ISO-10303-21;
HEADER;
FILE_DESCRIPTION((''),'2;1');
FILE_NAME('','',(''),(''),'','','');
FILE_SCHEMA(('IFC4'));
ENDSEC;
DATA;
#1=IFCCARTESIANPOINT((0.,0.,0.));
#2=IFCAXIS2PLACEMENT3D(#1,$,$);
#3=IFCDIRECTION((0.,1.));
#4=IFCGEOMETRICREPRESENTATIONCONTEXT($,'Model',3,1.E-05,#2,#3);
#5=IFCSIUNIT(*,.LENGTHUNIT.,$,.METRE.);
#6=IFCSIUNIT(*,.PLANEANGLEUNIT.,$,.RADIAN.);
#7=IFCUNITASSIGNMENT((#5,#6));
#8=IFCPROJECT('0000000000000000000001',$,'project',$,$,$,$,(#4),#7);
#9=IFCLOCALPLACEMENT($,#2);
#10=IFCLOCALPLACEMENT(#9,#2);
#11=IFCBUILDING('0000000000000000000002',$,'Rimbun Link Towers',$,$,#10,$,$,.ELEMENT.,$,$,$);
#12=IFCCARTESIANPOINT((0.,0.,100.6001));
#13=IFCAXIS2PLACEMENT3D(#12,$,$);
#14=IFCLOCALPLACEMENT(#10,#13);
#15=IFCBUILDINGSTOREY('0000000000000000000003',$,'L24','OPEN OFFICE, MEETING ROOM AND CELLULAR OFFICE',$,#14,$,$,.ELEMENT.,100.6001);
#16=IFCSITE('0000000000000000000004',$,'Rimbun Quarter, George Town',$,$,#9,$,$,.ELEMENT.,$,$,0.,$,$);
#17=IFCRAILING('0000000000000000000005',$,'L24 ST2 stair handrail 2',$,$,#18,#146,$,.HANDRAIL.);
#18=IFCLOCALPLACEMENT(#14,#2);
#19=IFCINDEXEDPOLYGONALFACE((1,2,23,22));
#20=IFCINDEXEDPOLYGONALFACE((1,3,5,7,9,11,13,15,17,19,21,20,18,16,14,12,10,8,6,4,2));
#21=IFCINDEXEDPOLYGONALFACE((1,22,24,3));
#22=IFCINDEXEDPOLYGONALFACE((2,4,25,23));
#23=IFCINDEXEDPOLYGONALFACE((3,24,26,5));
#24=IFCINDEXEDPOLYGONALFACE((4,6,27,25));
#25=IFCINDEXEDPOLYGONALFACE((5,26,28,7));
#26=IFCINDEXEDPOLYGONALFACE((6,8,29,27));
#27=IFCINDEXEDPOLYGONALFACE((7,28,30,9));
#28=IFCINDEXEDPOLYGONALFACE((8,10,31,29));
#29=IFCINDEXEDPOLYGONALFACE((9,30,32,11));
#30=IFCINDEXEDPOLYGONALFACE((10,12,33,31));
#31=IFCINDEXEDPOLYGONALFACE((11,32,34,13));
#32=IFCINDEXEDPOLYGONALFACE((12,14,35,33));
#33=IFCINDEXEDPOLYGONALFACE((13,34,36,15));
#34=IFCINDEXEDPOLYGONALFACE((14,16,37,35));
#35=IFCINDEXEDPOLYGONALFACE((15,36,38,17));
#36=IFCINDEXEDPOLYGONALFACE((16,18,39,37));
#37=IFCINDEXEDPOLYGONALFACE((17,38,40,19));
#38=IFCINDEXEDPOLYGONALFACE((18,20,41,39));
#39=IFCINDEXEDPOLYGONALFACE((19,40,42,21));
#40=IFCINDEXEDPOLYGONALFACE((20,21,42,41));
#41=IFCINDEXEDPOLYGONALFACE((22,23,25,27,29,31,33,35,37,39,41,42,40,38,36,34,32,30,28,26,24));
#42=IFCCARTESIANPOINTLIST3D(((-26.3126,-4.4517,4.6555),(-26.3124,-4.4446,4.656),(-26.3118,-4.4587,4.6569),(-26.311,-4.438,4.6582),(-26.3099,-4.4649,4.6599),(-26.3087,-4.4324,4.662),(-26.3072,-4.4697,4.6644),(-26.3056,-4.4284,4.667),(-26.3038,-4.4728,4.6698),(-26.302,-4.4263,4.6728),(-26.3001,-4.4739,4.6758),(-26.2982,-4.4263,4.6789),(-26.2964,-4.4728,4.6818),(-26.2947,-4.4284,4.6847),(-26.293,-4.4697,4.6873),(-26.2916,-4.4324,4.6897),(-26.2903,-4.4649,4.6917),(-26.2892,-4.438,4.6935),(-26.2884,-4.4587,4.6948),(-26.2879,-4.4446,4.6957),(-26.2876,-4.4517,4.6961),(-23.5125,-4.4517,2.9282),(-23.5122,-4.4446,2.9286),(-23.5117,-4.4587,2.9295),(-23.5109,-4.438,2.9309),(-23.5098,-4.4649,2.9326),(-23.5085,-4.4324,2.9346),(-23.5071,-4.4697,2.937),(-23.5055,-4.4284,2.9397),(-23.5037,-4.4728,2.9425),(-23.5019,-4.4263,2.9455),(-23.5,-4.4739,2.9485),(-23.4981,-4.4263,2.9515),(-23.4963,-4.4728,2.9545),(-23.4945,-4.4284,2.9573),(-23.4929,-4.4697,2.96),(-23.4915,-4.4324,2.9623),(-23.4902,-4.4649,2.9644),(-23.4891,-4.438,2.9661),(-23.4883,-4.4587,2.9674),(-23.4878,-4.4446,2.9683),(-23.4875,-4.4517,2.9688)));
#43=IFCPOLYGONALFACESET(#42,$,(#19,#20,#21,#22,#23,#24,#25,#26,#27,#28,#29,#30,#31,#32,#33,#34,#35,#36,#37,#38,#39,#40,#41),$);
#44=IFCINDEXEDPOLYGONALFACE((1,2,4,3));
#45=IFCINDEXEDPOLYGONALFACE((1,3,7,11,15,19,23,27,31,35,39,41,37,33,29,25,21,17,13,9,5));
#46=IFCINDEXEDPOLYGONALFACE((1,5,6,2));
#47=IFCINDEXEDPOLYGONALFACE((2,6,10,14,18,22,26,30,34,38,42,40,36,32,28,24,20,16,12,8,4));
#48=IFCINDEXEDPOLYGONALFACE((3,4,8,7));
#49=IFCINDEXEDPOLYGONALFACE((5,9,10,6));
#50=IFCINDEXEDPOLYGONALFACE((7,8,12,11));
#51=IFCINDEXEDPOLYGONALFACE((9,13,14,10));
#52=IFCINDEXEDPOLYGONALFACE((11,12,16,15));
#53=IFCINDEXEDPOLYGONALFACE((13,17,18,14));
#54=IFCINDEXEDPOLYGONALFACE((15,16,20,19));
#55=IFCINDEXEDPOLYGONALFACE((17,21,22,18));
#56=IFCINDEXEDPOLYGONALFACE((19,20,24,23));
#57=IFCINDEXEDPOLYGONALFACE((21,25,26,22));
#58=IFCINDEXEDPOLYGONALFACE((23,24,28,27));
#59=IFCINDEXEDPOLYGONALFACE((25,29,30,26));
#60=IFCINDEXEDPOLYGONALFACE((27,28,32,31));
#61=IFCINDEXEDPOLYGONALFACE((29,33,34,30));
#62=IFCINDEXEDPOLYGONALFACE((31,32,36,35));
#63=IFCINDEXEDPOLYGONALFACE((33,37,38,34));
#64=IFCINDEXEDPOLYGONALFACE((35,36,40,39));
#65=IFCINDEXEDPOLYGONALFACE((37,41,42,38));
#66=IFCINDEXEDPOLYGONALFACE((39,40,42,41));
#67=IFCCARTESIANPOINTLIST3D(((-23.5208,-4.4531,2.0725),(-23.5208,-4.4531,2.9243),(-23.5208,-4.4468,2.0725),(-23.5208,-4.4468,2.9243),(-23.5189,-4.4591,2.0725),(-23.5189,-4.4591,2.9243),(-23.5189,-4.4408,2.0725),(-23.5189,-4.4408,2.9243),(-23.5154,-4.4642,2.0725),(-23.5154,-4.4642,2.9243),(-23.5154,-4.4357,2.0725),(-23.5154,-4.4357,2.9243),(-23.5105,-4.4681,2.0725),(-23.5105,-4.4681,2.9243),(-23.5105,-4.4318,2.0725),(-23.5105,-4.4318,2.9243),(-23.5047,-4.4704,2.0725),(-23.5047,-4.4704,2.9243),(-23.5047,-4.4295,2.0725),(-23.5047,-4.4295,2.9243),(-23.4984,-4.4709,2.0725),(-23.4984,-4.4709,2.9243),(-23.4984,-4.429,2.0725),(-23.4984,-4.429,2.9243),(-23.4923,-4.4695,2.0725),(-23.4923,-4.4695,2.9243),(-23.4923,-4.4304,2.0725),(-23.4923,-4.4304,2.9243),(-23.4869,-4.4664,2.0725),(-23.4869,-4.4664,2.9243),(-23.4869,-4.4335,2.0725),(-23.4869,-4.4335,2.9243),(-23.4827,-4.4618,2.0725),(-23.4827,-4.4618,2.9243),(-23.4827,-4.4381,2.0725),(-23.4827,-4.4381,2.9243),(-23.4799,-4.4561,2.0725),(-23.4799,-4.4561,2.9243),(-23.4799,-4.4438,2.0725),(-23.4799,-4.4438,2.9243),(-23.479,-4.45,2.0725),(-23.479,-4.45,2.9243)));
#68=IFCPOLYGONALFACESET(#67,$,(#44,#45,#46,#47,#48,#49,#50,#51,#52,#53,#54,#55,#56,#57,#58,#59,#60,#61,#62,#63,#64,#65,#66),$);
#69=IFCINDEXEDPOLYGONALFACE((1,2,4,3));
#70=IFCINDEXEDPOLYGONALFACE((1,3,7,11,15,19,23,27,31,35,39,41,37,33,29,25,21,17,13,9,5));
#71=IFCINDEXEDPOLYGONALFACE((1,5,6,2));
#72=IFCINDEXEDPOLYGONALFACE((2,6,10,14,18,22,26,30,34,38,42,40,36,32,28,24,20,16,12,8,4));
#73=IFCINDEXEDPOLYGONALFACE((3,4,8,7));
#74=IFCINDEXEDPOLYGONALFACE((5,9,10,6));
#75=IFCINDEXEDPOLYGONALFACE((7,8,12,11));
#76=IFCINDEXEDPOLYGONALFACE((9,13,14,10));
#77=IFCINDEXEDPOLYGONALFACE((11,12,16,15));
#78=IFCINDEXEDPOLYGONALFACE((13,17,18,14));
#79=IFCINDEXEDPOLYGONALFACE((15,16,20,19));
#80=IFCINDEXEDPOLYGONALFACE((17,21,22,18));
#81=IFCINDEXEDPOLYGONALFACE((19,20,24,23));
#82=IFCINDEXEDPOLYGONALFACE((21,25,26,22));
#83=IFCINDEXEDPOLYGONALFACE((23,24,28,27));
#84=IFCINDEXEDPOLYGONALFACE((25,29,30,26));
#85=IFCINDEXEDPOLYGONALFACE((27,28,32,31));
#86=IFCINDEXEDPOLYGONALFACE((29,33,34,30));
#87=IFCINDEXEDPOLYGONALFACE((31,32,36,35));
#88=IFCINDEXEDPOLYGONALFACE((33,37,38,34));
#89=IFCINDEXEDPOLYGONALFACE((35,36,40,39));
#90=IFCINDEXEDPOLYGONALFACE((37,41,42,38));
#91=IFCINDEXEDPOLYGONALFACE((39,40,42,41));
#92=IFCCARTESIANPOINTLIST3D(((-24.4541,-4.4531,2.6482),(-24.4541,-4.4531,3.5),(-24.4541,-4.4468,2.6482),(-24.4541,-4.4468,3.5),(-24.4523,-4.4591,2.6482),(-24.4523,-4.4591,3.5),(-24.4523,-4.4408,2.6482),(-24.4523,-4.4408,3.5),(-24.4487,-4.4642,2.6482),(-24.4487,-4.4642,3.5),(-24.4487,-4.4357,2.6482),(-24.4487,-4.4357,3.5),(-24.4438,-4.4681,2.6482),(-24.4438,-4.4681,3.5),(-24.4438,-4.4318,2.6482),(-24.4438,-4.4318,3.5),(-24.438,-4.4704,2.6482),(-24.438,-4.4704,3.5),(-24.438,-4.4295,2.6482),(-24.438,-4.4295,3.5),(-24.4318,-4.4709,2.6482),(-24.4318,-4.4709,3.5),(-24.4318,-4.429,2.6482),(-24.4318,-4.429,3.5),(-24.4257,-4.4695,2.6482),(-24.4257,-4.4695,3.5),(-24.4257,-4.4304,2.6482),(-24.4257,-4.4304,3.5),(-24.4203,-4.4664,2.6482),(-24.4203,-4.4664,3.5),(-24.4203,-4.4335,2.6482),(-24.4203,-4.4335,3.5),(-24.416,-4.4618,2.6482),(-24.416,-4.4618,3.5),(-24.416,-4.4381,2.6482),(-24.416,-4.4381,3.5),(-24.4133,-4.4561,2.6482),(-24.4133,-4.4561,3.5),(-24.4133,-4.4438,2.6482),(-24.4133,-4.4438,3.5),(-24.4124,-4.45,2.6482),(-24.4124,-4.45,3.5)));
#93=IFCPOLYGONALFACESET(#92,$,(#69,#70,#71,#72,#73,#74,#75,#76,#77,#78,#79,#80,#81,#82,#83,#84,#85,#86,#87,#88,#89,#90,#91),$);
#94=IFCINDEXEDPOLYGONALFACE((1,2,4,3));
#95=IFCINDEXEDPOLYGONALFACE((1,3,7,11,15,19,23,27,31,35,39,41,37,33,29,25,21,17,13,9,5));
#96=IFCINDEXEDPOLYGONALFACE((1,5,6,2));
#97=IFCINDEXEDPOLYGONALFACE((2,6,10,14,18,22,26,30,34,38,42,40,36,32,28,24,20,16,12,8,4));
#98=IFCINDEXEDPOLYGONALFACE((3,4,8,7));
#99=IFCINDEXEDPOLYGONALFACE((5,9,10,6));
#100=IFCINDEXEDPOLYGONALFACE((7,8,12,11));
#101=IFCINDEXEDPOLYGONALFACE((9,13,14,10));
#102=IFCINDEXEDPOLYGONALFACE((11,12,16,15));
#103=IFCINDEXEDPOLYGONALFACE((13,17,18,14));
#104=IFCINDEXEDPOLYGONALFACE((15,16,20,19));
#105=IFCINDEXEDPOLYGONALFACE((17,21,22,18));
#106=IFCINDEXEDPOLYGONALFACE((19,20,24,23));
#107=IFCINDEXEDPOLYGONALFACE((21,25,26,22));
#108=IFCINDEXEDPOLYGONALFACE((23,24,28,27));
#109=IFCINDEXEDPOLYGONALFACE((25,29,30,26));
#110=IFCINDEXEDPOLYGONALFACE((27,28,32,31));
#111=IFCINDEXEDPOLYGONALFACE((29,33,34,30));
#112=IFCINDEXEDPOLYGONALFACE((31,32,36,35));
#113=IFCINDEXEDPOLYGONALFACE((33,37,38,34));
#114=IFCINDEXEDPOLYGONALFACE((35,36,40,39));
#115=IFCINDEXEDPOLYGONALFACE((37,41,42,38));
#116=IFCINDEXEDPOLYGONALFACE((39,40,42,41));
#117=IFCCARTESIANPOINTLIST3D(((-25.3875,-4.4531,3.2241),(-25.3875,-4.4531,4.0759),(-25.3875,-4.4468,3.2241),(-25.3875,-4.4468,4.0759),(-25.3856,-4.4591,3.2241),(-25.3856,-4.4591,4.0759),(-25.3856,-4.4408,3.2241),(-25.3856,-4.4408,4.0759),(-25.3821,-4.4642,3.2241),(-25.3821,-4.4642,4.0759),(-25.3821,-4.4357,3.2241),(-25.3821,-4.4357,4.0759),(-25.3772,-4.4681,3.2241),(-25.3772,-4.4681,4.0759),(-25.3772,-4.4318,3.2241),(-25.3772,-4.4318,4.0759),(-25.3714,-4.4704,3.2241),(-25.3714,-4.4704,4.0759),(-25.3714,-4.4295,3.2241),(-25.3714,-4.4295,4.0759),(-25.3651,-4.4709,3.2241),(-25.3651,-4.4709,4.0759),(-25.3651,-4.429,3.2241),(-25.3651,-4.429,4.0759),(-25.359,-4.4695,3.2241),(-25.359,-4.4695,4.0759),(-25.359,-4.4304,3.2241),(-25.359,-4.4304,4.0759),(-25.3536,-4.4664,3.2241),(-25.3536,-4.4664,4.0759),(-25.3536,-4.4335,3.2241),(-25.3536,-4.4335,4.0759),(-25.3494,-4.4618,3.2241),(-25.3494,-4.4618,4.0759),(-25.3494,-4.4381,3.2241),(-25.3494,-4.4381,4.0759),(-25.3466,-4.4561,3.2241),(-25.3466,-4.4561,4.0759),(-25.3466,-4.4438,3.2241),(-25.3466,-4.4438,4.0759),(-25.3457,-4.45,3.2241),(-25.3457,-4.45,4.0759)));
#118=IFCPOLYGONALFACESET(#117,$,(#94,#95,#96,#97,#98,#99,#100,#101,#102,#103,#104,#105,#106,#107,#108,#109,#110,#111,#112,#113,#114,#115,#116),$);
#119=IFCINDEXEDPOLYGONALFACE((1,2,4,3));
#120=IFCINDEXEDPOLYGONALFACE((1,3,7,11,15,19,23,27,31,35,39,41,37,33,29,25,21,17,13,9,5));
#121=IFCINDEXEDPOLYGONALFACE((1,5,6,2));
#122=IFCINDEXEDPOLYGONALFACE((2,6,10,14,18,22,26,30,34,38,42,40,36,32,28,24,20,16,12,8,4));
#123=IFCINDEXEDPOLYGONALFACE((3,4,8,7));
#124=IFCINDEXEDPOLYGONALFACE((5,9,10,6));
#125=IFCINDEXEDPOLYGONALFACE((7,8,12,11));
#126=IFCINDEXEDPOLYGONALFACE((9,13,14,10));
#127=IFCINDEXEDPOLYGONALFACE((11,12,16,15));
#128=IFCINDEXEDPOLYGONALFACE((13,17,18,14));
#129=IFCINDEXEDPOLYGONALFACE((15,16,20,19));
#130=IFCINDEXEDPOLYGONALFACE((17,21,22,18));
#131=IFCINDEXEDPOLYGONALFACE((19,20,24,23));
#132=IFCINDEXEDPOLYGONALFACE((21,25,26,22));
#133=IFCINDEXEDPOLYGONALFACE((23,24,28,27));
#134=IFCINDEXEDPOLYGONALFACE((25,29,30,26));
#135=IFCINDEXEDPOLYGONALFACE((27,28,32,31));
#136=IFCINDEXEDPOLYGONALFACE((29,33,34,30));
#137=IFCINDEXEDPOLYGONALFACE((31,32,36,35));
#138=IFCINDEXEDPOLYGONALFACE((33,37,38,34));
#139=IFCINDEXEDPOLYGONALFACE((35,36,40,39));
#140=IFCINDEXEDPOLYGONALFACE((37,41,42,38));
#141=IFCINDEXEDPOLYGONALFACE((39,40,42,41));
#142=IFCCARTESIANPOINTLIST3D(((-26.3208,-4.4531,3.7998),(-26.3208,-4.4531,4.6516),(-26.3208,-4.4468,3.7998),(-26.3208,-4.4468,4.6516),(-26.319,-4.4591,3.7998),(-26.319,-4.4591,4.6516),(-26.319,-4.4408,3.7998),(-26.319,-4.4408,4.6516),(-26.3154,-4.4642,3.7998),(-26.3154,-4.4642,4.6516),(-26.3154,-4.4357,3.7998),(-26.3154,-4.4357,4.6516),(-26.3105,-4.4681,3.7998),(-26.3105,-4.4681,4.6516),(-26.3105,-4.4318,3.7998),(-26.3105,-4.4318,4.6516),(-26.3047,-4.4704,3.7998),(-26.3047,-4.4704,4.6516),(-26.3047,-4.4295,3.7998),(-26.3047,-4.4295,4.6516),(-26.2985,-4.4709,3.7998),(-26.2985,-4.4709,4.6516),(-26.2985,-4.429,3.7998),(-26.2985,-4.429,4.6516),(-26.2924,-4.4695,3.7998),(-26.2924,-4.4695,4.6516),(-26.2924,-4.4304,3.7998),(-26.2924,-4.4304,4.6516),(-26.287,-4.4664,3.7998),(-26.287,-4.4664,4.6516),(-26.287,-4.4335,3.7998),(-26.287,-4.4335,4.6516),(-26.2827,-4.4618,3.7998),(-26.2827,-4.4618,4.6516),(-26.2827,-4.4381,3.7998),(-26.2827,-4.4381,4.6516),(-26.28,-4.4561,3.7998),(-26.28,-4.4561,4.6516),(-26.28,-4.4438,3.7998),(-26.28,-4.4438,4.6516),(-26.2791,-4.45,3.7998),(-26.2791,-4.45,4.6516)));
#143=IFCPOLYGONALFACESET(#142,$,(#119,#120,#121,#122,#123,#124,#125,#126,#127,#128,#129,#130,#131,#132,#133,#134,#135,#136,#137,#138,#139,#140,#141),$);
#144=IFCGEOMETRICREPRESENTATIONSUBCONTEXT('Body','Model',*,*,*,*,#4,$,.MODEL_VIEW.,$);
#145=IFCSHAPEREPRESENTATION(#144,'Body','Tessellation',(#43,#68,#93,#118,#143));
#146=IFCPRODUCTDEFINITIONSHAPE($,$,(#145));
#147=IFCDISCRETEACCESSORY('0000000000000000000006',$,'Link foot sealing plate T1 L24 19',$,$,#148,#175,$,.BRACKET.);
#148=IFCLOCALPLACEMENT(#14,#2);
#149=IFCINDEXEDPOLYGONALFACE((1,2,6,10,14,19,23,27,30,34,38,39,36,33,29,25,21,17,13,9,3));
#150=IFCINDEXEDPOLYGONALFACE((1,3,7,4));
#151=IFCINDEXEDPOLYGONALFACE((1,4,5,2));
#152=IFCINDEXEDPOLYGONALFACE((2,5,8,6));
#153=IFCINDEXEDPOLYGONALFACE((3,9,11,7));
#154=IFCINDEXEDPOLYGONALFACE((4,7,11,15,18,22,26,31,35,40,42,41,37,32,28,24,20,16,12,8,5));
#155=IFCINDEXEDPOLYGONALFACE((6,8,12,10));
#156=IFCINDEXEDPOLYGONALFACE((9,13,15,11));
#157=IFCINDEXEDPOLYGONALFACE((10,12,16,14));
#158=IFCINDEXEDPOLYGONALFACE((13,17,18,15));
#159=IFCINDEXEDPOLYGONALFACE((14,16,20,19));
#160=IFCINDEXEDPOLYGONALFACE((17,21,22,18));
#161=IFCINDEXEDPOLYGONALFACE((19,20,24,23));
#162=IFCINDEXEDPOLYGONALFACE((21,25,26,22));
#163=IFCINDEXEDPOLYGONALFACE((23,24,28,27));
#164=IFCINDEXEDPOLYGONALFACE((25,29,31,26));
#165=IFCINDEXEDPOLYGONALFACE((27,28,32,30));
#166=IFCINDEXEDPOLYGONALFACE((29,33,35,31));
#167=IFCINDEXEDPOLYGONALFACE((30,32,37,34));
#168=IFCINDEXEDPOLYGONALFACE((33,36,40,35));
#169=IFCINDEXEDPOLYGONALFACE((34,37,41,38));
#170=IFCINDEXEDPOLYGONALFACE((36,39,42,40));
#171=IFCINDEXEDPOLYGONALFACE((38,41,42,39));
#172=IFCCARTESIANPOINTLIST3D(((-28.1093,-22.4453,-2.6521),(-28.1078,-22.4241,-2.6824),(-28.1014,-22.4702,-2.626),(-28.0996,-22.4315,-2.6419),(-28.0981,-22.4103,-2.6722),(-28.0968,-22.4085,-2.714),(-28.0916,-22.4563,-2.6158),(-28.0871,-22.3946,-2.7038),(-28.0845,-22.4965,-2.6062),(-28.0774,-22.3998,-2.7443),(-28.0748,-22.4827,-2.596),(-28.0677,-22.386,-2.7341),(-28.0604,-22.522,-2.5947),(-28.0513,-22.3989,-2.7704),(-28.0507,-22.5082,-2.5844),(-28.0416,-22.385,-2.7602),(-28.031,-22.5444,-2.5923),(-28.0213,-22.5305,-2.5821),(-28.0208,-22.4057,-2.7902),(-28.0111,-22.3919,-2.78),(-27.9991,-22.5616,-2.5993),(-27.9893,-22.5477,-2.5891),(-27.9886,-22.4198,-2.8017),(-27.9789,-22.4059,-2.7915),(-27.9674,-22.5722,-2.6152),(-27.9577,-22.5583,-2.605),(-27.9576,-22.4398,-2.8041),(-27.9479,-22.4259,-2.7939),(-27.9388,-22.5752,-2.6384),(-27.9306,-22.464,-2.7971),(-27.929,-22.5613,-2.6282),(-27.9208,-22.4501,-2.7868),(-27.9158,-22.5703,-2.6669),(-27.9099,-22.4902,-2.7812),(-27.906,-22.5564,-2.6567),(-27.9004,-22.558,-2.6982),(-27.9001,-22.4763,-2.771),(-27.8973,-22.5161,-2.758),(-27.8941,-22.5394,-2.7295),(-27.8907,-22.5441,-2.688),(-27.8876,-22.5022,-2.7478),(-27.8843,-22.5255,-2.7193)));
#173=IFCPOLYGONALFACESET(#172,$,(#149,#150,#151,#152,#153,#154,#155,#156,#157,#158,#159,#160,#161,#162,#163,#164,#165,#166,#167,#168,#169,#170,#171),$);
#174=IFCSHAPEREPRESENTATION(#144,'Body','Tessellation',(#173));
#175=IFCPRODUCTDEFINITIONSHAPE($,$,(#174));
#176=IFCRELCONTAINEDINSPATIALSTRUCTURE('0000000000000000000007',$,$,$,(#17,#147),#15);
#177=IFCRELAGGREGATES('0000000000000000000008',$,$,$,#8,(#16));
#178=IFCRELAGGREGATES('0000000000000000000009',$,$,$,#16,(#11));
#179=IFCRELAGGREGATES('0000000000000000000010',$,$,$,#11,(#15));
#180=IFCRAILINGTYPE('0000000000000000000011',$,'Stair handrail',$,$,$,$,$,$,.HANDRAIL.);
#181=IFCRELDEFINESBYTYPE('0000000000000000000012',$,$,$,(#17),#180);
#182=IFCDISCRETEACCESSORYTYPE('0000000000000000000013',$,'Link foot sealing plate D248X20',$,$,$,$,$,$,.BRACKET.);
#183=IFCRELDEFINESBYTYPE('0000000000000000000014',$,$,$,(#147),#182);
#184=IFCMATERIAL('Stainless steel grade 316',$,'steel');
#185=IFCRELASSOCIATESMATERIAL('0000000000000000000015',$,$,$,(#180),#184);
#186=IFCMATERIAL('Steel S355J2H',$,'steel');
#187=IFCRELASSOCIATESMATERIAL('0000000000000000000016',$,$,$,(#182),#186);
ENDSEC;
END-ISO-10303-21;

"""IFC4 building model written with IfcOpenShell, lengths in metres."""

from ifc_helpers import new_model, si_unit, direction, frame, origin, origin_2d, place, context, subcontext, project, spatial, circle, extrude, material, material_profile, profile_set, type_object, element, save


model = new_model("IFC4")

# Units and contexts
model_context = context("Model", 3, precision=1e-05, world=origin(), true_north=direction((0.0, 1.0)))
body_context = subcontext(model_context, "Body", "Model", "MODEL_VIEW")
ifc_project = project(units=[si_unit("LENGTHUNIT", "METRE"), si_unit("PLANEANGLEUNIT", "RADIAN")], contexts=[model_context])

# Site, building, storey
site_placement = place(None, origin())
site = spatial("IfcSite", under=ifc_project, at=site_placement, Name="Rimbun Quarter, George Town", CompositionType="ELEMENT", RefElevation=0.0)
building_placement = place(site_placement, origin())
building = spatial("IfcBuilding", under=site, at=building_placement, Name="Rimbun Link Towers", CompositionType="ELEMENT")
storey_placement = place(building_placement, frame((0.0, 0.0, 100.6001)))
storey = spatial("IfcBuildingStorey", under=building, at=storey_placement, Name="L24", Description="OPEN OFFICE, MEETING ROOM AND CELLULAR OFFICE", CompositionType="ELEMENT", Elevation=100.6001)

# Railing
ifc_material_1 = material(Name="Stainless steel grade 316", Category="steel")
railing_type_1 = type_object("IfcRailingType", Name="Stair handrail", PredefinedType="HANDRAIL", material=ifc_material_1)
railing_1_placement = place(storey_placement, frame((-23.5, -4.45, 2.0725)))
element("IfcRailing", 1, at=railing_1_placement, inside=storey, type_object=railing_type_1, Name="L24 ST2 stair handrail 2", PredefinedType="HANDRAIL", context=body_context, shape_type="SweptSolid", body=[
    extrude(circle(Radius=0.0239, at=origin_2d()), frame((0.0, 0.0, 0.876), z_axis=(-0.85109, 0.0, 0.52502), x_axis=(0.0, -1.0, 0.0)), (0.0, 0.0, 1.0), 3.29),
    extrude(circle(Radius=0.021, at=origin_2d()), origin(), (0.0, 0.0, 1.0), 0.8518),
    extrude(circle(Radius=0.021, at=origin_2d()), frame((-0.9333, 0.0, 0.5757)), (0.0, 0.0, 1.0), 0.8518),
    extrude(circle(Radius=0.021, at=origin_2d()), frame((-1.8667, 0.0, 1.1516)), (0.0, 0.0, 1.0), 0.8518),
    extrude(circle(Radius=0.021, at=origin_2d()), frame((-2.8, 0.0, 1.7273)), (0.0, 0.0, 1.0), 0.8518),
])

# Discrete accessory
ifc_material_2 = material(Name="Steel S355J2H", Category="steel")
ifc_material_profile_1 = material_profile(ifc_material_2, circle(Radius=0.124, at=origin_2d()), Name="PL D248")
ifc_profile_set_1 = profile_set([ifc_material_profile_1], Name="Steel S355J2H")
discrete_accessory_type = type_object("IfcDiscreteAccessoryType", Name="Link foot sealing plate D248X20", PredefinedType="BRACKET", material=ifc_profile_set_1)
discrete_accessory_placement = place(storey_placement, frame((-27.9922, -22.4729, -2.688), z_axis=(-0.491882, -0.700932, -0.516476), x_axis=(0.818557, -0.574426, 0.0)))
element("IfcDiscreteAccessory", 2, at=discrete_accessory_placement, inside=storey, type_object=discrete_accessory_type, Name="Link foot sealing plate T1 L24 19", PredefinedType="BRACKET", context=body_context, shape_type="SweptSolid", body=[
    extrude(circle(Radius=0.124, at=origin_2d()), origin(), (0.0, 0.0, 1.0), 0.0198),
])

save(model, "model.ifc")
